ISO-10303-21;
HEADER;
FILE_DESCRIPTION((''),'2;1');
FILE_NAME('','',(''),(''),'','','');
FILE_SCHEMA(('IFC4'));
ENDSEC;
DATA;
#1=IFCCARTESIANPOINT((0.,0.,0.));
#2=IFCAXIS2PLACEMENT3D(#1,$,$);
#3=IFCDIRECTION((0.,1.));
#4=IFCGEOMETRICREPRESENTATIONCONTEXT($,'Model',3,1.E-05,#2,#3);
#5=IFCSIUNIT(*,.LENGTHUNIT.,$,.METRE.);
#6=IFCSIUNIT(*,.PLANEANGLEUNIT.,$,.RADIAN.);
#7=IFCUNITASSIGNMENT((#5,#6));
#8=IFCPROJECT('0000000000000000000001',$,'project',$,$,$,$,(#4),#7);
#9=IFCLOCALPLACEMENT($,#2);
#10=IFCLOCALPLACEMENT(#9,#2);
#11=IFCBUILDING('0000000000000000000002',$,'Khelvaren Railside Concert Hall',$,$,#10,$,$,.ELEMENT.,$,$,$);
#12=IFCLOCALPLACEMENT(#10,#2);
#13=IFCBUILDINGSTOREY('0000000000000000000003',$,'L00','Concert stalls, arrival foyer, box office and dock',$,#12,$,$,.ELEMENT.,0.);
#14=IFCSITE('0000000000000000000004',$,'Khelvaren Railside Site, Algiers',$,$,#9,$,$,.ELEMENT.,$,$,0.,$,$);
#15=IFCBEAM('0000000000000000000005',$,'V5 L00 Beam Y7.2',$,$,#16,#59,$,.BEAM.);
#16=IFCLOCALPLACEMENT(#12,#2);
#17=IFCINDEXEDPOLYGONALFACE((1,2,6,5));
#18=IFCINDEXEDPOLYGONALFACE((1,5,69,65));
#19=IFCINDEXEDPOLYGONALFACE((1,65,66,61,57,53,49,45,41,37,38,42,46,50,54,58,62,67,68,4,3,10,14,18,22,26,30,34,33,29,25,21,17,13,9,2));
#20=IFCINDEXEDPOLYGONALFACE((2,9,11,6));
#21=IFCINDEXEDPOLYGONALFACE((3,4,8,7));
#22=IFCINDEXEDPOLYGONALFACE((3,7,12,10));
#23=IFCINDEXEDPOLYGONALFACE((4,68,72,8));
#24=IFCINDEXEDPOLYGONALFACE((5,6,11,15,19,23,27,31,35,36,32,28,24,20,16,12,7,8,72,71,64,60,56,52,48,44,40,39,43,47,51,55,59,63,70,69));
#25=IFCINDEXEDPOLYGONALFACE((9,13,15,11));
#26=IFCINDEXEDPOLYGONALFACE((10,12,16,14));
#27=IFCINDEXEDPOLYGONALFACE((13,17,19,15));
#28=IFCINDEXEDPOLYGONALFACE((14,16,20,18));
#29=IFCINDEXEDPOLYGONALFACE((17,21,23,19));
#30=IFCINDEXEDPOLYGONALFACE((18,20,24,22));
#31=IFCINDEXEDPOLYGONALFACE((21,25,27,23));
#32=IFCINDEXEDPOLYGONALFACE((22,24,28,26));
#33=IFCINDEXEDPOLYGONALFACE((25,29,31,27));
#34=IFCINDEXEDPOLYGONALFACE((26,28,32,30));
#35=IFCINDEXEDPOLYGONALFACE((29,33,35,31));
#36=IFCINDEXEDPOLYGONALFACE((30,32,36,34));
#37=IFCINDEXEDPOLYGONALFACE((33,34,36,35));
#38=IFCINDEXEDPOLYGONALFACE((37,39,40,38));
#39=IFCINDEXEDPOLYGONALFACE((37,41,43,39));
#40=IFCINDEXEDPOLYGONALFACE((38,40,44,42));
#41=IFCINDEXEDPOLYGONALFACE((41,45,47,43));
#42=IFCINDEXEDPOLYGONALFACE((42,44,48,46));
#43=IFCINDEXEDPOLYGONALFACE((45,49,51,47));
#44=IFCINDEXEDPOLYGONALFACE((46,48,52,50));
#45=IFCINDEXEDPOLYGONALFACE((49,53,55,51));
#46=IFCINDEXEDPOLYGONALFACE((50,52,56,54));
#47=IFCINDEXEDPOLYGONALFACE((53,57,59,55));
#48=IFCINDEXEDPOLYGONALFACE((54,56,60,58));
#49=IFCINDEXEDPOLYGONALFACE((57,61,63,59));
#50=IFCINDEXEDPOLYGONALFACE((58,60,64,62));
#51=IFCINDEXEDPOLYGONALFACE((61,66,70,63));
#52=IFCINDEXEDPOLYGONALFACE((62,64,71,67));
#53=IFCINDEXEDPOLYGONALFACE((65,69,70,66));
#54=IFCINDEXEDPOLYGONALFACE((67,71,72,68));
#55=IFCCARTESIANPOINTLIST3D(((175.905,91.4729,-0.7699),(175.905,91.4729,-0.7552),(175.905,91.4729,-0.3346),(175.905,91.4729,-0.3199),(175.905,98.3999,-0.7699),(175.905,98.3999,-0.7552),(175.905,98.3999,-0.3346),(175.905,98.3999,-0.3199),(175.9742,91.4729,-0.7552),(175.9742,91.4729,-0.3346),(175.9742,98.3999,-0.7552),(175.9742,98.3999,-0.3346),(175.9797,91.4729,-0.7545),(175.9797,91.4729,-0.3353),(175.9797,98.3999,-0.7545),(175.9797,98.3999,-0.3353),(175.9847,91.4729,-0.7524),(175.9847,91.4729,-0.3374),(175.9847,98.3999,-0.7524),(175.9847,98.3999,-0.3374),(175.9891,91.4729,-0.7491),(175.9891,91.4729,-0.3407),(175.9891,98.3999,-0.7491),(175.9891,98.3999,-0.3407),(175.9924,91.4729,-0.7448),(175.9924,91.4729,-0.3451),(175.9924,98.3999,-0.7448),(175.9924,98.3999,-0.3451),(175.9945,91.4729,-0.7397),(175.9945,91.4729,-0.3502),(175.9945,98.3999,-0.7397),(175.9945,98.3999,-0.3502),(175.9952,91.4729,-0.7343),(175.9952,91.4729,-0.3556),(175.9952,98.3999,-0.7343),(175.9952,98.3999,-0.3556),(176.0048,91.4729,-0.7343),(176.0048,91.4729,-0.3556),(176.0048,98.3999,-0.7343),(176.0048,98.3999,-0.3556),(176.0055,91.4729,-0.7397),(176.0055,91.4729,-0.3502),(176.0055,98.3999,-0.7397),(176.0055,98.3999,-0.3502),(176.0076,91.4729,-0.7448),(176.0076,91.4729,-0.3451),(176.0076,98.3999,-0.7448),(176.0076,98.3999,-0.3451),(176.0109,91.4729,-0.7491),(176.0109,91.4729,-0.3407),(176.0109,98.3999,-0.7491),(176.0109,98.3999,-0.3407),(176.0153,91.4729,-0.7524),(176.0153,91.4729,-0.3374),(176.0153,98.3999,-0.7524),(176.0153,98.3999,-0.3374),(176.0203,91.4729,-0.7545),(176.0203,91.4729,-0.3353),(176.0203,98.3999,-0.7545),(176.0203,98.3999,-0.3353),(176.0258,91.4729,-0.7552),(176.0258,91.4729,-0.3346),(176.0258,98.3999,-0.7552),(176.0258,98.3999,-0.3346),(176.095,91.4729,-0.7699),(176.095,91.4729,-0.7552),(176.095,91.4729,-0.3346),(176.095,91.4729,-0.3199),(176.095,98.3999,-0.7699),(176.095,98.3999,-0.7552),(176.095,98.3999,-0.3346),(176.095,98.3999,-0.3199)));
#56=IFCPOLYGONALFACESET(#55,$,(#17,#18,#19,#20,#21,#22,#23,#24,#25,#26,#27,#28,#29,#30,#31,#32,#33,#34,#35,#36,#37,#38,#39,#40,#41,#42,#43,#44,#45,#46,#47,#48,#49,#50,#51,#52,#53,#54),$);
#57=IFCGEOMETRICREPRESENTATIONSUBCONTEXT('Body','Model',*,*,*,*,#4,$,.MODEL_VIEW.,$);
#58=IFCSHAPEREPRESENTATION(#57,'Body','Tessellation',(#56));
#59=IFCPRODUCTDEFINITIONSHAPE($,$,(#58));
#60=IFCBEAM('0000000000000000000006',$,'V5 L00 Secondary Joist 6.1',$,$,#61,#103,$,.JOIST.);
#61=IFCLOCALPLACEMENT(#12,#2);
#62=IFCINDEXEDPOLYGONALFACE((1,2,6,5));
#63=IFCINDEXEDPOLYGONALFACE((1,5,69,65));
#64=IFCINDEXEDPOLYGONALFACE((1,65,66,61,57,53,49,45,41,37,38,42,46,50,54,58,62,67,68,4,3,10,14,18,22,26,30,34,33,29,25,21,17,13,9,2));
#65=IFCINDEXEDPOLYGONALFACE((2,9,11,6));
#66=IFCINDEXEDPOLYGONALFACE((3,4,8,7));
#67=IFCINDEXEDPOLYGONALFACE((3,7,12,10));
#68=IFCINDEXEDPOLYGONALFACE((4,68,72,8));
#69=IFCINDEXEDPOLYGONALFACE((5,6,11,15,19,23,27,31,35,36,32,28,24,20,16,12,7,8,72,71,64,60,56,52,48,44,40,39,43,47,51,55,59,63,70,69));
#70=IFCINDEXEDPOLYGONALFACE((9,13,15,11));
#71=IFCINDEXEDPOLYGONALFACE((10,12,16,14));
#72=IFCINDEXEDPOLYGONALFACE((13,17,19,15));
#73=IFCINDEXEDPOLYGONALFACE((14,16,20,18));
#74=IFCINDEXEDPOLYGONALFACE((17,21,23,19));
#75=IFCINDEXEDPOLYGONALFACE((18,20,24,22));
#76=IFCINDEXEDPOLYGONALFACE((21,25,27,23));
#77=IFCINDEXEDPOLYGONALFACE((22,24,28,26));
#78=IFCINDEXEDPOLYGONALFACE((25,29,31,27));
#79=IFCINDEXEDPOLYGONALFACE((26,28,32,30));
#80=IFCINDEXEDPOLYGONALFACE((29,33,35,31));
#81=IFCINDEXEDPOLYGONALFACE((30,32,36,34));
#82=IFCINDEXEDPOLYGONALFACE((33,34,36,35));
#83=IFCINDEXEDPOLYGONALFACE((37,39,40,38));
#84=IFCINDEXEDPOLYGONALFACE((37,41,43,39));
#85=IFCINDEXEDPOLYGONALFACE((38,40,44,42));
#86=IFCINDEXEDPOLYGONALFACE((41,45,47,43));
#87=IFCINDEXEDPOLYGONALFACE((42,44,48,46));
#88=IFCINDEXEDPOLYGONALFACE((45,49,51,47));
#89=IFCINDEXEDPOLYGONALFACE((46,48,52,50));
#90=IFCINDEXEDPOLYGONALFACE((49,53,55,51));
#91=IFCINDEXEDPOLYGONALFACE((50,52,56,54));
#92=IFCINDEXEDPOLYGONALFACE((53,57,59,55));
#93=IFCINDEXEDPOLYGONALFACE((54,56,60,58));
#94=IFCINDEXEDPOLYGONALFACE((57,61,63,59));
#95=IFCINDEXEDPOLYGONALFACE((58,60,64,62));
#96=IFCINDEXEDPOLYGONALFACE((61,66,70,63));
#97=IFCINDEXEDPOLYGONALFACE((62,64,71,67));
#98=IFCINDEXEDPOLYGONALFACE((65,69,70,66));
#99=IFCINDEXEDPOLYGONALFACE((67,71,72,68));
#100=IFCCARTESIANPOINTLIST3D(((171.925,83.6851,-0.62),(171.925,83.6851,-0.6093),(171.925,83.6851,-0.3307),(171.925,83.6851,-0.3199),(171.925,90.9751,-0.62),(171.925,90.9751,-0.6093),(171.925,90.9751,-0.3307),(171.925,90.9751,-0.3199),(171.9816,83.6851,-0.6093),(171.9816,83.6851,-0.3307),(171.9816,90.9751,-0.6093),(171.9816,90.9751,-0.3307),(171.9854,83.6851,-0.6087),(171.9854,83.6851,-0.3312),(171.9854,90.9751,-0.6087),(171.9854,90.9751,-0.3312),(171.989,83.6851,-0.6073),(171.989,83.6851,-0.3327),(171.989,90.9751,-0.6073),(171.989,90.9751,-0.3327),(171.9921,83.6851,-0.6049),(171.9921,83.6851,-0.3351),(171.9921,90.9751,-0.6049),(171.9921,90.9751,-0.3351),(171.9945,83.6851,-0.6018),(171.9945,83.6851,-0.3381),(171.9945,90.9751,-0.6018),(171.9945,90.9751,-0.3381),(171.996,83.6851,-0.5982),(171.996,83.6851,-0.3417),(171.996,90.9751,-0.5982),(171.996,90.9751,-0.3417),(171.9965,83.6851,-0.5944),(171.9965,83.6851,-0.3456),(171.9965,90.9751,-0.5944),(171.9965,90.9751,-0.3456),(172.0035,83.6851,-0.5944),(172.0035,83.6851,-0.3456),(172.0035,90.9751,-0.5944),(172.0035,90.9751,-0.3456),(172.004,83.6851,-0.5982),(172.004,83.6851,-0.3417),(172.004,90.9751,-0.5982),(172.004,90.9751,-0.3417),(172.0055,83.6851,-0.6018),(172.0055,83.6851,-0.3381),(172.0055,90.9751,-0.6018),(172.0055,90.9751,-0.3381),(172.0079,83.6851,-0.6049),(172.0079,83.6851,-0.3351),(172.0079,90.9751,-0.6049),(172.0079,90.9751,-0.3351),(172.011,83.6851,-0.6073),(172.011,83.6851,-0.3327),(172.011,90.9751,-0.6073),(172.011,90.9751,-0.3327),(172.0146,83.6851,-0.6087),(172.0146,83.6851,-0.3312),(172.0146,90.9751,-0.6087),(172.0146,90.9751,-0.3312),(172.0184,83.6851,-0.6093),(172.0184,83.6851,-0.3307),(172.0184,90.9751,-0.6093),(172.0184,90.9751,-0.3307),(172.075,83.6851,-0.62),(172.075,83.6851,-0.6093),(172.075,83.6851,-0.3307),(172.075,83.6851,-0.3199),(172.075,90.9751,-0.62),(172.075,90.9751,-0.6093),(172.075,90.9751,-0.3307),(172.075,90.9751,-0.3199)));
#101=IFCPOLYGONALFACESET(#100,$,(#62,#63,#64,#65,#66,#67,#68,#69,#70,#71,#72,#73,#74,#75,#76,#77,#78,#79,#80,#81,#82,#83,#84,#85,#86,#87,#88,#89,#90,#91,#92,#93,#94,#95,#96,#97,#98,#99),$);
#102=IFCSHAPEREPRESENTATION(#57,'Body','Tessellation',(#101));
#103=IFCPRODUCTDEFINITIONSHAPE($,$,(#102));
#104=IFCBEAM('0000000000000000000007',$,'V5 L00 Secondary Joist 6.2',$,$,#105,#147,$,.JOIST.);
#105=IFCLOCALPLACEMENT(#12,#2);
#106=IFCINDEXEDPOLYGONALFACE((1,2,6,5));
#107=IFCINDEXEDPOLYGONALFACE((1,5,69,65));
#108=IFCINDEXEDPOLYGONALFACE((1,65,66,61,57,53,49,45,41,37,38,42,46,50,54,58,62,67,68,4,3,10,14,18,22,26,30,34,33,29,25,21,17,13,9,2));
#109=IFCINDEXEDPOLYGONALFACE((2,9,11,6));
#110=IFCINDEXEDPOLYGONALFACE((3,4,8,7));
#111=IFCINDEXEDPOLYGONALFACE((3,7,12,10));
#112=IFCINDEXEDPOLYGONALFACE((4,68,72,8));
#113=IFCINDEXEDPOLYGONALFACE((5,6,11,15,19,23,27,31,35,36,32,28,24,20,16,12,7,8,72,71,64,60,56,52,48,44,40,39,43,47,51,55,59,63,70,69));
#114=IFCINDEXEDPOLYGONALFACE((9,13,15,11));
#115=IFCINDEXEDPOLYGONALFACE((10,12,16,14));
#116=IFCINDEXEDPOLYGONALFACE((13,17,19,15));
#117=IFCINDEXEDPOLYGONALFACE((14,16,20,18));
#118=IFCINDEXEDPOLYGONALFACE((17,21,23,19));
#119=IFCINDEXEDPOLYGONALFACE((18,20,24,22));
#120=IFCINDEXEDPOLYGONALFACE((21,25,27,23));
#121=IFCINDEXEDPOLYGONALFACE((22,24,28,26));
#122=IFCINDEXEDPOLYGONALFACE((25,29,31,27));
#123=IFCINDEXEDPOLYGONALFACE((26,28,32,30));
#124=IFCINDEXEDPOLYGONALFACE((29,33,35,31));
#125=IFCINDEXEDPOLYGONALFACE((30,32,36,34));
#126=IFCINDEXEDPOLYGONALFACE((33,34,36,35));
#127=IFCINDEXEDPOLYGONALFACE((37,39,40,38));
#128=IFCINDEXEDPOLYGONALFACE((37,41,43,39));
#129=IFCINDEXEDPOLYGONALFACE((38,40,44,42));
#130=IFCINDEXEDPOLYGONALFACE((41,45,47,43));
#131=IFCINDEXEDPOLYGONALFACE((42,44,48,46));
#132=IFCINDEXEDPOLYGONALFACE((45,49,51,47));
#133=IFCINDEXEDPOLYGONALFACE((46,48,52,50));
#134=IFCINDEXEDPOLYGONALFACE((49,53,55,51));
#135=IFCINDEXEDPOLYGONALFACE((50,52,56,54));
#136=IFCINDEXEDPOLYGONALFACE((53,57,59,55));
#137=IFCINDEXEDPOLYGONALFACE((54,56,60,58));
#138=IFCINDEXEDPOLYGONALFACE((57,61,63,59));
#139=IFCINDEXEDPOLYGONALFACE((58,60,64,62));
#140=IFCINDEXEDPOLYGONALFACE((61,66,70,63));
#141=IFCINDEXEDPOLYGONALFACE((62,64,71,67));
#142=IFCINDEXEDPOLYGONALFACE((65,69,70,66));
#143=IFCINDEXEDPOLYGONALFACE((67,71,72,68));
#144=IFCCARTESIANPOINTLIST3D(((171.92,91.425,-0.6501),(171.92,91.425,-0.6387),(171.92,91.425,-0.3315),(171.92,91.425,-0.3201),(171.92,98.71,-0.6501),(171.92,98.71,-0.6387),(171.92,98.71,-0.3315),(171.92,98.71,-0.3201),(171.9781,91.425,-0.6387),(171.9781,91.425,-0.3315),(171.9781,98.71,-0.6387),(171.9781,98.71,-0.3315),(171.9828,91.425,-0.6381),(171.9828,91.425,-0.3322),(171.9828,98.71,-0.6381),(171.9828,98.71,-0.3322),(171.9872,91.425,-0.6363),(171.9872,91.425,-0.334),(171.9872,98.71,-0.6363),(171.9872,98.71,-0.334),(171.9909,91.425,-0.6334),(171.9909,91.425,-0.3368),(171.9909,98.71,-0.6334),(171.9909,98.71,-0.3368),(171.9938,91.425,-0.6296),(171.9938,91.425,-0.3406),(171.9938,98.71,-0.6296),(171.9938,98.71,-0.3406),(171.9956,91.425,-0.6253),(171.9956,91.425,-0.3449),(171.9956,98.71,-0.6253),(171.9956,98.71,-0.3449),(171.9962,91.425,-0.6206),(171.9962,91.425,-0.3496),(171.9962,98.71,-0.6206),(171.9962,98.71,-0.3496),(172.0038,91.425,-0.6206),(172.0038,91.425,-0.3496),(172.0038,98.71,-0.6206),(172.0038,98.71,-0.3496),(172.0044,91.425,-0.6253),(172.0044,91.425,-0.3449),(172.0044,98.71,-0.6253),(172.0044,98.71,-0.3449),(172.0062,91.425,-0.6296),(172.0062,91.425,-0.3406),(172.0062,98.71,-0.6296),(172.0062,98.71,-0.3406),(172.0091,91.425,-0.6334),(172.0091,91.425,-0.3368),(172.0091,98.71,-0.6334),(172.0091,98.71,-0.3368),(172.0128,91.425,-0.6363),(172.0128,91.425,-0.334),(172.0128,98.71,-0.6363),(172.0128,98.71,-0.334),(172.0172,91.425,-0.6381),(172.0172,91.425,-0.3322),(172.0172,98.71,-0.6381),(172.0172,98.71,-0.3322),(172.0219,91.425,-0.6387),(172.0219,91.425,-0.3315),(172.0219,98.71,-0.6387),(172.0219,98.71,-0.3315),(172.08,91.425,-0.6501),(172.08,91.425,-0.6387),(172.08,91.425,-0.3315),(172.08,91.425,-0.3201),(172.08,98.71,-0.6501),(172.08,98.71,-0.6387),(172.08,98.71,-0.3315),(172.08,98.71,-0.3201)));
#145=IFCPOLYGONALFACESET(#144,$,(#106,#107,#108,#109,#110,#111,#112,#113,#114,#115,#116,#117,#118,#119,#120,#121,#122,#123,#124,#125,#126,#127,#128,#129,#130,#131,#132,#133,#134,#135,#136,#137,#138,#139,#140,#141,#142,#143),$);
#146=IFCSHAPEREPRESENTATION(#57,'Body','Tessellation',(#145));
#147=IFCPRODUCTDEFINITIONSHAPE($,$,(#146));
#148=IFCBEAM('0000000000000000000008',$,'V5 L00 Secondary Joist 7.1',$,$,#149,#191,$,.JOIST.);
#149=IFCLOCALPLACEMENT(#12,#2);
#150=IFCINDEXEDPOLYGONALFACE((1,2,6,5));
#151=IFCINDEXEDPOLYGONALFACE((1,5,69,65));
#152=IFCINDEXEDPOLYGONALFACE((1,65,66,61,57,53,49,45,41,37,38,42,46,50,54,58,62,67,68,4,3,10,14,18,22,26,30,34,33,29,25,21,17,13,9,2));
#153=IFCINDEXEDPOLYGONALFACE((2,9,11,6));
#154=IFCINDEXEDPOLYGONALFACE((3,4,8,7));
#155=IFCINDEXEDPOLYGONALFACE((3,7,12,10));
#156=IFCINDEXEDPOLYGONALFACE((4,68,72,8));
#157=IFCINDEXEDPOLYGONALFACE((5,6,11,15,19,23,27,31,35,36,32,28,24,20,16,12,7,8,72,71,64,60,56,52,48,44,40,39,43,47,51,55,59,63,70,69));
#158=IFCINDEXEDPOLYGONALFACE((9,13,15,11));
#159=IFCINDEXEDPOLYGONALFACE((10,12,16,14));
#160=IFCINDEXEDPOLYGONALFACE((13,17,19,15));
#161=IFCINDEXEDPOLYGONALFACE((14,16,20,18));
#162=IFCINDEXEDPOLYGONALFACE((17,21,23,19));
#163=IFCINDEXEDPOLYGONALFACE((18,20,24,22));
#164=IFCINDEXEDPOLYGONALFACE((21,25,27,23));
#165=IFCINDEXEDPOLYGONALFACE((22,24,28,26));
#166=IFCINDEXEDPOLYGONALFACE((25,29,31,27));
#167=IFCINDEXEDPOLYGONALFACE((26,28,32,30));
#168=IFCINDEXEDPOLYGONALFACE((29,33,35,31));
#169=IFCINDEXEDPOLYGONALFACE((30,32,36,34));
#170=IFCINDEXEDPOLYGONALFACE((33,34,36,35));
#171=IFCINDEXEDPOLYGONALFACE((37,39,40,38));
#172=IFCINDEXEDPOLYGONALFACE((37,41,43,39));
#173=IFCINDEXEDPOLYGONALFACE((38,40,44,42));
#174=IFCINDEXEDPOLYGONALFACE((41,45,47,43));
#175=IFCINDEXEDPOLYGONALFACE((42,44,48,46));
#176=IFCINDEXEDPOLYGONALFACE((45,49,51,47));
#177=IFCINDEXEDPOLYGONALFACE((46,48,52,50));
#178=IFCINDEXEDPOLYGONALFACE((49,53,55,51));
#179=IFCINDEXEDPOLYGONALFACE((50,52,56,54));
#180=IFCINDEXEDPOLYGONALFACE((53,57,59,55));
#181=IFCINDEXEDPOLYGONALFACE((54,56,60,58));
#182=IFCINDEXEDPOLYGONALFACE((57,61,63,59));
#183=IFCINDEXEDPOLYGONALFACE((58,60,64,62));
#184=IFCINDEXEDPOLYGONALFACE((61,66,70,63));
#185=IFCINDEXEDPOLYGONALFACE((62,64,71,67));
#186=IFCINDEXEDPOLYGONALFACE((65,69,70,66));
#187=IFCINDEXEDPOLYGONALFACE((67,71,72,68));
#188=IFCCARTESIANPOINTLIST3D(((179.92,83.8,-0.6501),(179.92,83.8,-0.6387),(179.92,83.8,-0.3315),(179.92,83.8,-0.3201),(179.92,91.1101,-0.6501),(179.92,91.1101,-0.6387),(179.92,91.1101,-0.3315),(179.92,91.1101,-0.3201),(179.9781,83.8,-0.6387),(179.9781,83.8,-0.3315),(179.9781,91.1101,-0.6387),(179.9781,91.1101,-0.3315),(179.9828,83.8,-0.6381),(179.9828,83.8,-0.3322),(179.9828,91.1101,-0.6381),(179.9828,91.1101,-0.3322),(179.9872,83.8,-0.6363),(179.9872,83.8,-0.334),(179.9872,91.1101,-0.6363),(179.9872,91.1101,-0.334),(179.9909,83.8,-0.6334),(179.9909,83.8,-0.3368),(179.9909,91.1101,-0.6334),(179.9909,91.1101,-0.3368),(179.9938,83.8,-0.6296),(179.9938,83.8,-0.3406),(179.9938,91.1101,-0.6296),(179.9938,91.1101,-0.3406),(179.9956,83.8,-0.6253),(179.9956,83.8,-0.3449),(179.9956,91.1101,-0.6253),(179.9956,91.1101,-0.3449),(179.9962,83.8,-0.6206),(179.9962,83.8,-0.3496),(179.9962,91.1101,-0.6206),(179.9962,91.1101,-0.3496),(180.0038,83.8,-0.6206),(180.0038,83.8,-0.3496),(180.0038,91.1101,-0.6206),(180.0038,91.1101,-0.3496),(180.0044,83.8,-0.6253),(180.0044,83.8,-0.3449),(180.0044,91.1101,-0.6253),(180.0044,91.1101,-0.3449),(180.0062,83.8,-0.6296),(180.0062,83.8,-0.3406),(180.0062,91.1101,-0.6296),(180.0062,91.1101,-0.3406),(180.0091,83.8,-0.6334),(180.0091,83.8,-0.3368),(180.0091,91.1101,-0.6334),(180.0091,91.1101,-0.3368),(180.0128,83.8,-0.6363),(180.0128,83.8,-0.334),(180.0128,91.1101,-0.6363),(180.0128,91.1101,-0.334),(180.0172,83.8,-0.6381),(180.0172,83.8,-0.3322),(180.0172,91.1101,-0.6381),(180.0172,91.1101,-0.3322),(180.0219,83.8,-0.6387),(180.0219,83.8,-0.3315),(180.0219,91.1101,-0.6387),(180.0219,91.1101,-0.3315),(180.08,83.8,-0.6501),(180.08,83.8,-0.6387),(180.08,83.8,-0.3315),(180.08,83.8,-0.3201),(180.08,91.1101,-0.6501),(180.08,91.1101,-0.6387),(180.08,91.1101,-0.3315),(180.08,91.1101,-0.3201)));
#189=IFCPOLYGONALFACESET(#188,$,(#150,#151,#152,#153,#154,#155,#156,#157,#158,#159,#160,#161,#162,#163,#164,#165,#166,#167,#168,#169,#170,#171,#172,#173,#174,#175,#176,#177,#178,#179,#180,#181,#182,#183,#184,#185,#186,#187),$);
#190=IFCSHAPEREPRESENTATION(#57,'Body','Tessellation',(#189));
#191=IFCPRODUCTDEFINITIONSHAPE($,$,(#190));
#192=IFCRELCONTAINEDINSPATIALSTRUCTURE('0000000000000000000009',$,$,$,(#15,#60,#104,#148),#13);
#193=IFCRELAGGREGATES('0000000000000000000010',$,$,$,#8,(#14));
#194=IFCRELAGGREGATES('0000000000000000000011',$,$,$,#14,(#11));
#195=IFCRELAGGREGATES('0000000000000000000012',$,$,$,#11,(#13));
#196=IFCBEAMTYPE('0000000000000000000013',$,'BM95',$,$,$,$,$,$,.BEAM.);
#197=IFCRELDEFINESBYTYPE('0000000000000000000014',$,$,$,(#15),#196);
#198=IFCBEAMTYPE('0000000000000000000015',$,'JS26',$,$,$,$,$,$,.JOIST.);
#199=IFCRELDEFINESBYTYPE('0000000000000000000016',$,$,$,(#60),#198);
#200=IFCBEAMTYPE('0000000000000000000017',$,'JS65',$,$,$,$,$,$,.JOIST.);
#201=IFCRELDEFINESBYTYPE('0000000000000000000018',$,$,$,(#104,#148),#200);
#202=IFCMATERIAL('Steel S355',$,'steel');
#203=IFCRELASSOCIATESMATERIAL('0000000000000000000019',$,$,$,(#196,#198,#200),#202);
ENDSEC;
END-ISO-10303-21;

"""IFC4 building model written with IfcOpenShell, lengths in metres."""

from ifc_helpers import new_model, si_unit, direction, frame, origin, origin_2d, place, context, subcontext, project, spatial, i_section, extrude, material, material_profile, profile_set, type_object, element, save


model = new_model("IFC4")

# Units and contexts
model_context = context("Model", 3, precision=1e-05, world=origin(), true_north=direction((0.0, 1.0)))
body_context = subcontext(model_context, "Body", "Model", "MODEL_VIEW")
ifc_project = project(units=[si_unit("LENGTHUNIT", "METRE"), si_unit("PLANEANGLEUNIT", "RADIAN")], contexts=[model_context])

# Site, building, storey
site_placement = place(None, origin())
site = spatial("IfcSite", under=ifc_project, at=site_placement, Name="Khelvaren Railside Site, Algiers", CompositionType="ELEMENT", RefElevation=0.0)
building_placement = place(site_placement, origin())
building = spatial("IfcBuilding", under=site, at=building_placement, Name="Khelvaren Railside Concert Hall", CompositionType="ELEMENT")
storey_placement = place(building_placement, origin())
storey = spatial("IfcBuildingStorey", under=building, at=storey_placement, Name="L00", Description="Concert stalls, arrival foyer, box office and dock", CompositionType="ELEMENT", Elevation=0.0)

# Beams
ifc_material_1 = material(Name="Steel S355", Category="steel")
ifc_material_profile_1 = material_profile(ifc_material_1, i_section(OverallWidth=0.1899, OverallDepth=0.45, WebThickness=0.0095, FlangeThickness=0.0146, FilletRadius=0.021, at=origin_2d()), Name="IPE 450")
ifc_profile_set_1 = profile_set([ifc_material_profile_1], Name="Steel S355")
beam_type_1 = type_object("IfcBeamType", Name="BM95", PredefinedType="BEAM", material=ifc_profile_set_1)
beam_1_placement = place(storey_placement, frame((176.0, 91.4729, -0.5449), z_axis=(0.0, 1.0, 0.0), x_axis=(-1.0, 0.0, 0.0)))
element("IfcBeam", 1, at=beam_1_placement, inside=storey, type_object=beam_type_1, Name="V5 L00 Beam Y7.2", PredefinedType="BEAM", context=body_context, shape_type="SweptSolid", body=[
    extrude(i_section(OverallWidth=0.1899, OverallDepth=0.45, WebThickness=0.0095, FlangeThickness=0.0146, FilletRadius=0.021, at=origin_2d()), origin(), (0.0, 0.0, 1.0), 6.927),
])
ifc_material_profile_2 = material_profile(ifc_material_1, i_section(OverallWidth=0.1499, OverallDepth=0.3, WebThickness=0.0071, FlangeThickness=0.0107, FilletRadius=0.0149, at=origin_2d()), Name="IPE 300")
ifc_profile_set_2 = profile_set([ifc_material_profile_2], Name="Steel S355")
beam_type_2 = type_object("IfcBeamType", Name="JS26", PredefinedType="JOIST", material=ifc_profile_set_2)
beam_2_placement = place(storey_placement, frame((172.0, 83.6851, -0.47), z_axis=(0.0, 1.0, 0.0), x_axis=(-1.0, 0.0, 0.0)))
element("IfcBeam", 2, at=beam_2_placement, inside=storey, type_object=beam_type_2, Name="V5 L00 Secondary Joist 6.1", PredefinedType="JOIST", context=body_context, shape_type="SweptSolid", body=[
    extrude(i_section(OverallWidth=0.1499, OverallDepth=0.3, WebThickness=0.0071, FlangeThickness=0.0107, FilletRadius=0.0149, at=origin_2d()), origin(), (0.0, 0.0, 1.0), 7.29),
])
ifc_material_profile_3 = material_profile(ifc_material_1, i_section(OverallWidth=0.1599, OverallDepth=0.3301, WebThickness=0.0076, FlangeThickness=0.0115, FilletRadius=0.0181, at=origin_2d()), Name="IPE 330")
ifc_profile_set_3 = profile_set([ifc_material_profile_3], Name="Steel S355")
beam_type_3 = type_object("IfcBeamType", Name="JS65", PredefinedType="JOIST", material=ifc_profile_set_3)
beam_3_placement = place(storey_placement, frame((172.0, 91.425, -0.4851), z_axis=(0.0, 1.0, 0.0), x_axis=(-1.0, 0.0, 0.0)))
element("IfcBeam", 3, at=beam_3_placement, inside=storey, type_object=beam_type_3, Name="V5 L00 Secondary Joist 6.2", PredefinedType="JOIST", context=body_context, shape_type="SweptSolid", body=[
    extrude(i_section(OverallWidth=0.1599, OverallDepth=0.3301, WebThickness=0.0076, FlangeThickness=0.0115, FilletRadius=0.0181, at=origin_2d()), origin(), (0.0, 0.0, 1.0), 7.2849),
])
beam_4_placement = place(storey_placement, frame((180.0, 83.8, -0.4851), z_axis=(0.0, 1.0, 0.0), x_axis=(-1.0, 0.0, 0.0)))
element("IfcBeam", 4, at=beam_4_placement, inside=storey, type_object=beam_type_3, Name="V5 L00 Secondary Joist 7.1", PredefinedType="JOIST", context=body_context, shape_type="SweptSolid", body=[
    extrude(i_section(OverallWidth=0.1599, OverallDepth=0.3301, WebThickness=0.0076, FlangeThickness=0.0115, FilletRadius=0.0181, at=origin_2d()), origin(), (0.0, 0.0, 1.0), 7.3101),
])

save(model, "model.ifc")
